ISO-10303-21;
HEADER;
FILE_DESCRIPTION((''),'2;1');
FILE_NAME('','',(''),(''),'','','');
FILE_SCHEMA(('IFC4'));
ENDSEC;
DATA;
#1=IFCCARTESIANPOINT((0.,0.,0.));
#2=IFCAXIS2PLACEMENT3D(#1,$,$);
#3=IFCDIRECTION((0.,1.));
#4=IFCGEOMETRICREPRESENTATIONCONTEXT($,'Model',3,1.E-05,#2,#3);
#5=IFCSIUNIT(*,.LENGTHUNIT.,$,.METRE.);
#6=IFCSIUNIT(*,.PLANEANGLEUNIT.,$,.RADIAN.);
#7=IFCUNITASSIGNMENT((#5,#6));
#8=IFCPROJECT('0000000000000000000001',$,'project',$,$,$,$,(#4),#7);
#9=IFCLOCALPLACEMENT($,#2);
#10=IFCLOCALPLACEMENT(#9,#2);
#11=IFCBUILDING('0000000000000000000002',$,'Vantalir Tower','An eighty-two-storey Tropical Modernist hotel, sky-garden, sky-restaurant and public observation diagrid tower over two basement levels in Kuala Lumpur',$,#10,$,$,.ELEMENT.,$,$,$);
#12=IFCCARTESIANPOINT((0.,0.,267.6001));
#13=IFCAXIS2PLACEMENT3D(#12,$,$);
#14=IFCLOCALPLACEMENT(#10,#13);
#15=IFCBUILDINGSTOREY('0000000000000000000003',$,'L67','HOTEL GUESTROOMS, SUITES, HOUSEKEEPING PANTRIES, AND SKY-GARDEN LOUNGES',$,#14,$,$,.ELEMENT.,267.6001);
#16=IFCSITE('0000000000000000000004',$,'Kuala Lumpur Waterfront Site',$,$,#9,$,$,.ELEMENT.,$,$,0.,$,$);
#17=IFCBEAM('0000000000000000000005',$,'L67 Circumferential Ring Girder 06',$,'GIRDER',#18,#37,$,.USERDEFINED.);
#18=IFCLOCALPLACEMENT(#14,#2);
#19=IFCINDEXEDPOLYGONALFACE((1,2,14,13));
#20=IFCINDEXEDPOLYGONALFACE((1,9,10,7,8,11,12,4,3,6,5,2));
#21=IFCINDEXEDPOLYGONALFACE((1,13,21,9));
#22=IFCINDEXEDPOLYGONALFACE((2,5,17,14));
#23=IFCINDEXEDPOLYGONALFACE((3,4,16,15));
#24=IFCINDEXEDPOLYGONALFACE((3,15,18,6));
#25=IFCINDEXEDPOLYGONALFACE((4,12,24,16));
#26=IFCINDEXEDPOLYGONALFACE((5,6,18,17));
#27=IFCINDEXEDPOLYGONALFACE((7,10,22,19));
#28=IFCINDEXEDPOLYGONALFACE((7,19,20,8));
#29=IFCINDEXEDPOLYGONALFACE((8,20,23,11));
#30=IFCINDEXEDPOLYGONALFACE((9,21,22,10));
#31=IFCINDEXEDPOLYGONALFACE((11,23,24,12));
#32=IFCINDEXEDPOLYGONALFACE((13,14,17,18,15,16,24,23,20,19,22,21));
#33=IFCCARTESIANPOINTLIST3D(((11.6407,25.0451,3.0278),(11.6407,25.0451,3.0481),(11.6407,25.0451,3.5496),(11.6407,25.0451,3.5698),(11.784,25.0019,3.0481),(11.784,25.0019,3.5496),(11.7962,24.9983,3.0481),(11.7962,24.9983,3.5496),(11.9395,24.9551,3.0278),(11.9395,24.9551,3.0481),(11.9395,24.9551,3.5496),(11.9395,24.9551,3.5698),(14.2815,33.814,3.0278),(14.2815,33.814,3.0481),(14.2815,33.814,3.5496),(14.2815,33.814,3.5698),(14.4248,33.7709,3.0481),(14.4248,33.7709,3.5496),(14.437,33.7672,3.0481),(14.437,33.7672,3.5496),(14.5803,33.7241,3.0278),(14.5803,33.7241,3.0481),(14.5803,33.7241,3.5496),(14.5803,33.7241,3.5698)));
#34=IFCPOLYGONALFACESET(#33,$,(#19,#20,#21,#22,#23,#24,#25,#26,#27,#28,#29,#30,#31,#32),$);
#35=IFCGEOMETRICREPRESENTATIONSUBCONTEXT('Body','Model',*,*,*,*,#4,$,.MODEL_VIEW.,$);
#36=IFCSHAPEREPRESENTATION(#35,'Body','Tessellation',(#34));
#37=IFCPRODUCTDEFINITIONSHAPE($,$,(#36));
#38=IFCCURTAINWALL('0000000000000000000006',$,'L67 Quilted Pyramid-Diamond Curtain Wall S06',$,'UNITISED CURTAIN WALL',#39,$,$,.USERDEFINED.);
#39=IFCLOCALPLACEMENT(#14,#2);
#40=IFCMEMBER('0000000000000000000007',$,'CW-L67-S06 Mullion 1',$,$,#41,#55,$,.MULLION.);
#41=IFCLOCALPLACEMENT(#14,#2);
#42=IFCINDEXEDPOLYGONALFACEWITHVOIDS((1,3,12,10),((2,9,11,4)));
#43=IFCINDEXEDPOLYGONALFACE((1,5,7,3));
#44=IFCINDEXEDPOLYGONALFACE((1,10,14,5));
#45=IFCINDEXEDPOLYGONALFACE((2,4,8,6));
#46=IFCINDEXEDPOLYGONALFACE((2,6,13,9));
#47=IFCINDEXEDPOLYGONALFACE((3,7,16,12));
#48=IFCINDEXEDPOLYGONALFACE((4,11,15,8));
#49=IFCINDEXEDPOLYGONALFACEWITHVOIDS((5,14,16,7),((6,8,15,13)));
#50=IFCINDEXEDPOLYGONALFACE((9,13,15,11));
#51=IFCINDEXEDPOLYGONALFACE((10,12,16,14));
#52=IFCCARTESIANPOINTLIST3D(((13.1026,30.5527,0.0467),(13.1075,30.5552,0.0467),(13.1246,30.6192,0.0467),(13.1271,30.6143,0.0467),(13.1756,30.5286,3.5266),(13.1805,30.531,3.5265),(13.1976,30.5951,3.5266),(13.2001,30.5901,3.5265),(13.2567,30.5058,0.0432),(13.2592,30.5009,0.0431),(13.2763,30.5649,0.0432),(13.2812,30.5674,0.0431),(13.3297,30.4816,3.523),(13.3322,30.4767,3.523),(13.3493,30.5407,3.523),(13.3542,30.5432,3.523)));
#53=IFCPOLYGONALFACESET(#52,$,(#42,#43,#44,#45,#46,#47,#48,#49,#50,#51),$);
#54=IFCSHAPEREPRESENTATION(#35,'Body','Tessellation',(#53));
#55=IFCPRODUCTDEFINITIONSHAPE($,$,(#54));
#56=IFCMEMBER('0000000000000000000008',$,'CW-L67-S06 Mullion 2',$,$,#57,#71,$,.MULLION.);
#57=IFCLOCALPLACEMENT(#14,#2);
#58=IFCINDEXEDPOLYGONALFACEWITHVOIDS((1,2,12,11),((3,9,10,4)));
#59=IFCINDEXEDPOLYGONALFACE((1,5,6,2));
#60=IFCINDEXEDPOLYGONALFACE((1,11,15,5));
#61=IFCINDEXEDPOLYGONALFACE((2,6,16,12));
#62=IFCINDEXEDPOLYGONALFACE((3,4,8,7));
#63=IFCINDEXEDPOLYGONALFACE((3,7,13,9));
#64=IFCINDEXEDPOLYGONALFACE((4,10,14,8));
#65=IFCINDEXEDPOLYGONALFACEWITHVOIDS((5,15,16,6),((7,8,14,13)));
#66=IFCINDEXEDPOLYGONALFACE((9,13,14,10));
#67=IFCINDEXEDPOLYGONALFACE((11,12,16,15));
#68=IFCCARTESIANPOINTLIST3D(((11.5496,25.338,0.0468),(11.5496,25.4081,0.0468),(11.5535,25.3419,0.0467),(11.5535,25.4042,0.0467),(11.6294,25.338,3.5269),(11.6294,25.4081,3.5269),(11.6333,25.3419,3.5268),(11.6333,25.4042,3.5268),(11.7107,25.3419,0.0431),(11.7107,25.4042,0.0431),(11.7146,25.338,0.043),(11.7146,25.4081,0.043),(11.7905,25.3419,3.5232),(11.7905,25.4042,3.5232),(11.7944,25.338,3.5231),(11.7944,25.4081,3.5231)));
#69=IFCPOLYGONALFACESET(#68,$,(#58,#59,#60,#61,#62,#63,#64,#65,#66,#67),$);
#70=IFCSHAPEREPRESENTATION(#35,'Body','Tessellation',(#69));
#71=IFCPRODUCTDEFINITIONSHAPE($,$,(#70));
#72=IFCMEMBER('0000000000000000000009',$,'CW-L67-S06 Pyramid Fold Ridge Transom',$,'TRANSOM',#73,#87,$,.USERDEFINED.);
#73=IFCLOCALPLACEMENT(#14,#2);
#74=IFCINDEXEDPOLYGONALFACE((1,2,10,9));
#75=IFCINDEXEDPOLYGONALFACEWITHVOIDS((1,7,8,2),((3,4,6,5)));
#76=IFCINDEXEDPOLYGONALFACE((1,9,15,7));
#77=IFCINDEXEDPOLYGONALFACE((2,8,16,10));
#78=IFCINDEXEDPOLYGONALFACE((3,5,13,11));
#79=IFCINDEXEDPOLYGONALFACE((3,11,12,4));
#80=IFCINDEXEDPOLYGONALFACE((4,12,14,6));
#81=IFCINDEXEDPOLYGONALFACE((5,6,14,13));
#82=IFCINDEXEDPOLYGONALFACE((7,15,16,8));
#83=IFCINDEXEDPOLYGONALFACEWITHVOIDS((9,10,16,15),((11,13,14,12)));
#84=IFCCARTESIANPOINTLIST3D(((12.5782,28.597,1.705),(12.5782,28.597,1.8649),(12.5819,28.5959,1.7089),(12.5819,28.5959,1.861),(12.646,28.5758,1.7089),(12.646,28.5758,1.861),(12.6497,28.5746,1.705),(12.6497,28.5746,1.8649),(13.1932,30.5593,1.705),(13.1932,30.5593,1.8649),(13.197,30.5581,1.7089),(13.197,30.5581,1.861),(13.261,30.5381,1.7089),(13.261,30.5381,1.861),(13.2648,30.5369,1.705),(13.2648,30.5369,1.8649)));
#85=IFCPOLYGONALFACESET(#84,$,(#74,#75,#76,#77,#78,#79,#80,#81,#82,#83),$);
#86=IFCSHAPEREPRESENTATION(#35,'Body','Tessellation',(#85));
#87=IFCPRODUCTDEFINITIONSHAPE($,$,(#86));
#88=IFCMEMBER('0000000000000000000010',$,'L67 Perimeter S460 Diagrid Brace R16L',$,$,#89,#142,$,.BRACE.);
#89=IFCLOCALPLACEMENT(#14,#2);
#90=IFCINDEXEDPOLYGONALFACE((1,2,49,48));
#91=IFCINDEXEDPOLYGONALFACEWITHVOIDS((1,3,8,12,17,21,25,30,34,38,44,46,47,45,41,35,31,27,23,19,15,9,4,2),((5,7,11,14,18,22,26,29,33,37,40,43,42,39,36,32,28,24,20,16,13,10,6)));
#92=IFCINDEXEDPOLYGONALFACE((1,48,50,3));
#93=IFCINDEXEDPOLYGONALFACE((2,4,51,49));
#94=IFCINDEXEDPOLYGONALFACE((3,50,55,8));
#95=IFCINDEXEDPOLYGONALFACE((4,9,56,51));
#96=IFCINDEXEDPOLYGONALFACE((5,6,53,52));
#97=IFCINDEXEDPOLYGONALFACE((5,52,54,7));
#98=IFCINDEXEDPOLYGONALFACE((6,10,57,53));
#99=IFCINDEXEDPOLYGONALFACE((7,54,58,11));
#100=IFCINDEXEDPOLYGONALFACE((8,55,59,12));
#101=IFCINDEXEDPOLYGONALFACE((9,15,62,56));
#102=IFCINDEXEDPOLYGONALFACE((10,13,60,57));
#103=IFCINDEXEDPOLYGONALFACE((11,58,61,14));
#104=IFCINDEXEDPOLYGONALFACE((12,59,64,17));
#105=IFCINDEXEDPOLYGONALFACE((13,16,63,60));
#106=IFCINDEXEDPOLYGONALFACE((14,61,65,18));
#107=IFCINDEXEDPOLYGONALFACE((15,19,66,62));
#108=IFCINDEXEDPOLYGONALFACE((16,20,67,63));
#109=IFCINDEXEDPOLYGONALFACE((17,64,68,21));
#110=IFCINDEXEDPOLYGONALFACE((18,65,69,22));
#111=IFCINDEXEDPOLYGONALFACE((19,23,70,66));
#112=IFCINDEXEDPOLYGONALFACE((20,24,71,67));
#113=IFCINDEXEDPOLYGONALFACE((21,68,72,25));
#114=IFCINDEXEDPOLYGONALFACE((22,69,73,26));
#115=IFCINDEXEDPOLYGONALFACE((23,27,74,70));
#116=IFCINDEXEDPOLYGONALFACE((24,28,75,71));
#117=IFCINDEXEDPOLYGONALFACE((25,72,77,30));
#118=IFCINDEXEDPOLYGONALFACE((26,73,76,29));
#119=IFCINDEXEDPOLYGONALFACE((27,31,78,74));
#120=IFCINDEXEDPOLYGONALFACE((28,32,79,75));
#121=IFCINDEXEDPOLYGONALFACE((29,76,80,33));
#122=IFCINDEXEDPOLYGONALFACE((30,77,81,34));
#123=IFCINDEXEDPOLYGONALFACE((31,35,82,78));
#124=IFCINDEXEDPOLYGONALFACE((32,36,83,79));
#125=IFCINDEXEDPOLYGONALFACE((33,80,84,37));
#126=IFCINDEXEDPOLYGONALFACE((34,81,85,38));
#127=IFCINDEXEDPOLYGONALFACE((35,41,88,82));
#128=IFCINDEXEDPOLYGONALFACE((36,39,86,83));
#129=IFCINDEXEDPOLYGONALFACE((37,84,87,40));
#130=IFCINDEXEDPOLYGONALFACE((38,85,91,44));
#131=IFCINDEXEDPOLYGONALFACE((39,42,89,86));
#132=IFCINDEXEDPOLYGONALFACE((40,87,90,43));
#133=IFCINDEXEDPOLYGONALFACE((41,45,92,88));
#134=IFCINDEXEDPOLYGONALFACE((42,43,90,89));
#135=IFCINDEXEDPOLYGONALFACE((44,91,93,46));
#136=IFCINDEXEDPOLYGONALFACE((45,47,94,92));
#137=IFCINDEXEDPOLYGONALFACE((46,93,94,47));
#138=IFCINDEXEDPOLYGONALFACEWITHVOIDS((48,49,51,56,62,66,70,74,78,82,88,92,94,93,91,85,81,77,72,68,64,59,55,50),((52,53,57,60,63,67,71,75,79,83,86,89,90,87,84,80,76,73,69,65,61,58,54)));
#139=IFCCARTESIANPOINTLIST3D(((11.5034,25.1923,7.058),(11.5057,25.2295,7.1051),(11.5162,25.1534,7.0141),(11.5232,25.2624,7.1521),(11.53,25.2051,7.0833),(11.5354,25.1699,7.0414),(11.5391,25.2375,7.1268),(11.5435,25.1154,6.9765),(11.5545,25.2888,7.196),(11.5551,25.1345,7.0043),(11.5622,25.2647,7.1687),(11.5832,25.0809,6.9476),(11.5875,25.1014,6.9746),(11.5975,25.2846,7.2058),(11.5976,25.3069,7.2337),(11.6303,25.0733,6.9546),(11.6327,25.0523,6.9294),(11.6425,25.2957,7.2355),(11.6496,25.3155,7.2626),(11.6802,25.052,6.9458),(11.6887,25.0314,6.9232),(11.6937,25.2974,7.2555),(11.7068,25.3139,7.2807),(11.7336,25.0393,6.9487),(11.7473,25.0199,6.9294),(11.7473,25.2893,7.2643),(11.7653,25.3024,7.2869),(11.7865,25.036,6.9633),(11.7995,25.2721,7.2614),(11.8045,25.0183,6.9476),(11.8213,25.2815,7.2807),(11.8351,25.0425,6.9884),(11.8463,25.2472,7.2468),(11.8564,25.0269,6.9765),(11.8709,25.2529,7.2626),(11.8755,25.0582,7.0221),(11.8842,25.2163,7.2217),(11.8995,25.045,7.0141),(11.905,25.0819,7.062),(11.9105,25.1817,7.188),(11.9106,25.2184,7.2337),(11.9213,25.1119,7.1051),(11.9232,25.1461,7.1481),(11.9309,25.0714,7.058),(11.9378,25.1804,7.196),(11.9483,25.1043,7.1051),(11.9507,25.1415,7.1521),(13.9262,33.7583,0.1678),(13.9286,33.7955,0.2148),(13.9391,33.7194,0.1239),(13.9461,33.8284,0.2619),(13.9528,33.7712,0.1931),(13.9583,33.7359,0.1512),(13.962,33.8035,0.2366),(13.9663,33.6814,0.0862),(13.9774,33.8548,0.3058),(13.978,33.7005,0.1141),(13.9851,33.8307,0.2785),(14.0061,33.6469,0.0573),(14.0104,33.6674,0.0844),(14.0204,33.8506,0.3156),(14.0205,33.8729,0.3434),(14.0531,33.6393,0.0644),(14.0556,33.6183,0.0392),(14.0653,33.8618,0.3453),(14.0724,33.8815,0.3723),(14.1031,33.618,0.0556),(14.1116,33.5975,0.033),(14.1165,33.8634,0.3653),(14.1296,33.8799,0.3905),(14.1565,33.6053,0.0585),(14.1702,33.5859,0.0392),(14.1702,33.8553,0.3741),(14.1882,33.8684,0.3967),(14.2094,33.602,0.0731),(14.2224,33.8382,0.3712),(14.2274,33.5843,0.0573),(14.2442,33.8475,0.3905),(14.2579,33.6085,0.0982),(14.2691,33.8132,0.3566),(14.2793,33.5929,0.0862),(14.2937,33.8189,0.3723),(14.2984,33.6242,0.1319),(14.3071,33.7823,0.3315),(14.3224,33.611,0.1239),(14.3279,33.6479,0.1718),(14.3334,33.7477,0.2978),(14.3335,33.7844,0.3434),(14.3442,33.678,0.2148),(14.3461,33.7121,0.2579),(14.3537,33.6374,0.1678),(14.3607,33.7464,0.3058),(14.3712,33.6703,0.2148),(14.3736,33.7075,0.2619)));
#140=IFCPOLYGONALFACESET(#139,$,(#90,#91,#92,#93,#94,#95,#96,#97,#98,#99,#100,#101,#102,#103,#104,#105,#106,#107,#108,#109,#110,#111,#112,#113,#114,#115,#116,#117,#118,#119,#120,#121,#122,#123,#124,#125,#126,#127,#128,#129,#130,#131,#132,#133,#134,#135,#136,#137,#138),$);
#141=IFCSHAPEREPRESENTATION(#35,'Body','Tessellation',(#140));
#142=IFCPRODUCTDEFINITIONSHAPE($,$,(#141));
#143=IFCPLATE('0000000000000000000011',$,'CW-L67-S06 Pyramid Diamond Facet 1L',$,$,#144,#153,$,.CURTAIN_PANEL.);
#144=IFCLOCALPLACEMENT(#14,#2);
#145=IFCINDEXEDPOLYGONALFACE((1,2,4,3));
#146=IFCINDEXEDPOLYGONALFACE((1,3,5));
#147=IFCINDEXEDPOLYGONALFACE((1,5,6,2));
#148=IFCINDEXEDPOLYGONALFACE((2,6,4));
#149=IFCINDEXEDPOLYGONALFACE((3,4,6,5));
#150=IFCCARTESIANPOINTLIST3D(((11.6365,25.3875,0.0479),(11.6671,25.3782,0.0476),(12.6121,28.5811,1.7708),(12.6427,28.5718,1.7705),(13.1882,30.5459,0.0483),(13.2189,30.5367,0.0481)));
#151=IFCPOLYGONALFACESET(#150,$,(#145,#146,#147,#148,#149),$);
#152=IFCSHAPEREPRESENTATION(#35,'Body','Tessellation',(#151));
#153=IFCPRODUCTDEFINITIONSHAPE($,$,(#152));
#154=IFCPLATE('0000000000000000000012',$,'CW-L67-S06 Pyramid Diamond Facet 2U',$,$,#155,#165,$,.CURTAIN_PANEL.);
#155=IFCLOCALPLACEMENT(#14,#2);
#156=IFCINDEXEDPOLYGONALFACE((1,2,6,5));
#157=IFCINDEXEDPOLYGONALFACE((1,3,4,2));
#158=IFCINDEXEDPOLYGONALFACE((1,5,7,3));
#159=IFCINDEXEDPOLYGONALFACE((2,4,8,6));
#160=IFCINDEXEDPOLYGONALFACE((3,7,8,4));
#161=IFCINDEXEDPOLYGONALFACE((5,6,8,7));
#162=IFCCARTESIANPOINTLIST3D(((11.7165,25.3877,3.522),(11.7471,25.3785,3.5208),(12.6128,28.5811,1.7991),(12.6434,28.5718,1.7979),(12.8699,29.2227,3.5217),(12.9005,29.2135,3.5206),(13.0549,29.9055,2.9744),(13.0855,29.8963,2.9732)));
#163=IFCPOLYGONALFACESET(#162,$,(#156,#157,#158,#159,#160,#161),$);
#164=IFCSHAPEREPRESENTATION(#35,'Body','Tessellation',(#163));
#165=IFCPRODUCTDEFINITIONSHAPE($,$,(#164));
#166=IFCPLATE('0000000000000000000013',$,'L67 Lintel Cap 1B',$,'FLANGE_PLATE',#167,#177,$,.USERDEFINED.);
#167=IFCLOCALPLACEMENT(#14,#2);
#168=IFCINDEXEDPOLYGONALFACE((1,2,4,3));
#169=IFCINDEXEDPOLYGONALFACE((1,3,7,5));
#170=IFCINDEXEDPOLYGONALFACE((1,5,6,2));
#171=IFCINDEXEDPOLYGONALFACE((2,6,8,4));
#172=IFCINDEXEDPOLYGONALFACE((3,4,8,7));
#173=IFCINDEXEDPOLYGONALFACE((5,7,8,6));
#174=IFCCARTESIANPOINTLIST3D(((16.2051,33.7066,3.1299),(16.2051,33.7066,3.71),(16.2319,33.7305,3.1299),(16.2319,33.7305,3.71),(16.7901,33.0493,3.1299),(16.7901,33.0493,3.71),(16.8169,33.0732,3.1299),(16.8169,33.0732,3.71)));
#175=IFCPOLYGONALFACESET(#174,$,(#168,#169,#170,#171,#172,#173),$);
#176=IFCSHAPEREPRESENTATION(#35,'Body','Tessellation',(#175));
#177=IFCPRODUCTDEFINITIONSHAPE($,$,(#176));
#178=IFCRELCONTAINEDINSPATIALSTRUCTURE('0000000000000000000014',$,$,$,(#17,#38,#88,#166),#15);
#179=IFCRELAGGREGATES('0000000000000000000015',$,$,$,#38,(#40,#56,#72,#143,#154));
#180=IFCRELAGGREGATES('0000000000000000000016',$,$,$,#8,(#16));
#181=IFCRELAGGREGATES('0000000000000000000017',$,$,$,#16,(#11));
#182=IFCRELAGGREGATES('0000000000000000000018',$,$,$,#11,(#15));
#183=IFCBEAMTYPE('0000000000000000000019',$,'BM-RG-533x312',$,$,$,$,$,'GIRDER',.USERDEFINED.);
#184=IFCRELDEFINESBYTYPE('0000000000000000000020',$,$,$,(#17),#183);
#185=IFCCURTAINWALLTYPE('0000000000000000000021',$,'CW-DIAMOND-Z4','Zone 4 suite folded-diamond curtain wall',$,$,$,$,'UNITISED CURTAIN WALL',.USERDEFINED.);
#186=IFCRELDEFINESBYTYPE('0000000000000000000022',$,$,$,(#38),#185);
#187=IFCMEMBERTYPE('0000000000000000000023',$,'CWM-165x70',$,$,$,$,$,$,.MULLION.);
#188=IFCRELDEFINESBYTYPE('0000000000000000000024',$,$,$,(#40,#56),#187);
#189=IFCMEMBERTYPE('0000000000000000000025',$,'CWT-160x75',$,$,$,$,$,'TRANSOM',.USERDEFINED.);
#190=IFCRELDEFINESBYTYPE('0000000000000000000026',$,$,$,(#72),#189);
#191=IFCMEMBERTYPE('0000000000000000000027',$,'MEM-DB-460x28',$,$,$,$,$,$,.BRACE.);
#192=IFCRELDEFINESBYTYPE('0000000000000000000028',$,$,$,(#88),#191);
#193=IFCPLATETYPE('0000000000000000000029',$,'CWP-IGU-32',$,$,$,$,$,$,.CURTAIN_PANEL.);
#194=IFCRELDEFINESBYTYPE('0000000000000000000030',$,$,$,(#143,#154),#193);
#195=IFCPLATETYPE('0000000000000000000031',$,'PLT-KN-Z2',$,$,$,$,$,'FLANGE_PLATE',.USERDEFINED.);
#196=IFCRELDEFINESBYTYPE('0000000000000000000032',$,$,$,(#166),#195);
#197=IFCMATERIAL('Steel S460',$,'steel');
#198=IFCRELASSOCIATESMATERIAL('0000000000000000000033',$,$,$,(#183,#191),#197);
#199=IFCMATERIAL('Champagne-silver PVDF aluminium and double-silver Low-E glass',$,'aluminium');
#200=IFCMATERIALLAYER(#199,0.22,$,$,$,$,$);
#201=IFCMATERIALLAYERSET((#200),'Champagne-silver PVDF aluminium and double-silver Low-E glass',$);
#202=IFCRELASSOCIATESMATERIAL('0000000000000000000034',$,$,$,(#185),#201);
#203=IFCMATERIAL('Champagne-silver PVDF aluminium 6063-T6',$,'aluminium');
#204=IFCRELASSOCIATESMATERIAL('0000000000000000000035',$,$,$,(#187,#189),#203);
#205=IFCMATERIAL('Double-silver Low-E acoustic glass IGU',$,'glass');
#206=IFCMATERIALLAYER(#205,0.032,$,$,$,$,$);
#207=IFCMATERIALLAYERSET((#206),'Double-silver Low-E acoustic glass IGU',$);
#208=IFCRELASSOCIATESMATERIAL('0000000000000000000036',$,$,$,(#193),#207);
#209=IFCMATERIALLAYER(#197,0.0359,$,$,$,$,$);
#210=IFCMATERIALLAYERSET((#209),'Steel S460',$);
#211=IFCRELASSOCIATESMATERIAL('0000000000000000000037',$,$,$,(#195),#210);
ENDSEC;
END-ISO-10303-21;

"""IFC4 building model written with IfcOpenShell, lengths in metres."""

from ifc_helpers import new_model, si_unit, direction, frame, origin, origin_2d, place, context, subcontext, project, spatial, polyline, rectangle, hollow_rectangle, hollow_circle, i_section, outline, extrude, material, layer, layer_set, material_profile, profile_set, type_object, element, aggregate, save


model = new_model("IFC4")

# Units and contexts
model_context = context("Model", 3, precision=1e-05, world=origin(), true_north=direction((0.0, 1.0)))
body_context = subcontext(model_context, "Body", "Model", "MODEL_VIEW")
ifc_project = project(units=[si_unit("LENGTHUNIT", "METRE"), si_unit("PLANEANGLEUNIT", "RADIAN")], contexts=[model_context])

# Site, building, storey
site_placement = place(None, origin())
site = spatial("IfcSite", under=ifc_project, at=site_placement, Name="Kuala Lumpur Waterfront Site", CompositionType="ELEMENT", RefElevation=0.0)
building_placement = place(site_placement, origin())
building = spatial("IfcBuilding", under=site, at=building_placement, Name="Vantalir Tower", Description="An eighty-two-storey Tropical Modernist hotel, sky-garden, sky-restaurant and public observation diagrid tower over two basement levels in Kuala Lumpur", CompositionType="ELEMENT")
storey_placement = place(building_placement, frame((0.0, 0.0, 267.6001)))
storey = spatial("IfcBuildingStorey", under=building, at=storey_placement, Name="L67", Description="HOTEL GUESTROOMS, SUITES, HOUSEKEEPING PANTRIES, AND SKY-GARDEN LOUNGES", CompositionType="ELEMENT", Elevation=267.6001)

# Beam
ifc_material_1 = material(Name="Steel S460", Category="steel")
ifc_material_profile_1 = material_profile(ifc_material_1, i_section(OverallWidth=0.312, OverallDepth=0.542, WebThickness=0.0127, FlangeThickness=0.0203, at=origin_2d()), Name="Steel S460")
ifc_profile_set_1 = profile_set([ifc_material_profile_1], Name="Steel S460")
beam_type = type_object("IfcBeamType", Name="BM-RG-533x312", ElementType="GIRDER", PredefinedType="USERDEFINED", material=ifc_profile_set_1)
beam_placement = place(storey_placement, frame((14.4309, 33.769, 3.2988), z_axis=(-0.288365, -0.957521, 0.0), x_axis=(0.957521, -0.288365, 0.0)))
element("IfcBeam", 1, at=beam_placement, inside=storey, type_object=beam_type, Name="L67 Circumferential Ring Girder 06", ObjectType="GIRDER", PredefinedType="USERDEFINED", context=body_context, shape_type="SweptSolid", body=[
    extrude(i_section(OverallWidth=0.312, OverallDepth=0.542, WebThickness=0.0127, FlangeThickness=0.0203, at=origin_2d()), origin(), (0.0, 0.0, 1.0), 9.158),
])

# Curtain wall, members
ifc_material_2 = material(Name="Champagne-silver PVDF aluminium and double-silver Low-E glass", Category="aluminium")
ifc_layer_1 = layer(ifc_material_2, 0.22)
ifc_layer_set_1 = layer_set([ifc_layer_1], Name="Champagne-silver PVDF aluminium and double-silver Low-E glass")
curtain_wall_type = type_object("IfcCurtainWallType", Name="CW-DIAMOND-Z4", Description="Zone 4 suite folded-diamond curtain wall", ElementType="UNITISED CURTAIN WALL", PredefinedType="USERDEFINED", material=ifc_layer_set_1)
curtain_wall_placement = place(storey_placement, origin())
curtain_wall = element("IfcCurtainWall", 2, at=curtain_wall_placement, inside=storey, type_object=curtain_wall_type, Name="L67 Quilted Pyramid-Diamond Curtain Wall S06", ObjectType="UNITISED CURTAIN WALL", PredefinedType="USERDEFINED")
ifc_material_3 = material(Name="Champagne-silver PVDF aluminium 6063-T6", Category="aluminium")
ifc_material_profile_2 = material_profile(ifc_material_3, hollow_rectangle(XDim=0.0701, YDim=0.165, WallThickness=0.0039, at=origin_2d()), Name="Champagne-silver PVDF aluminium 6063-T6")
ifc_profile_set_2 = profile_set([ifc_material_profile_2], Name="Champagne-silver PVDF aluminium 6063-T6")
member_type_1 = type_object("IfcMemberType", Name="CWM-165x70", PredefinedType="MULLION", material=ifc_profile_set_2)
member_1_placement = place(storey_placement, frame((13.1919, 30.5601, 0.0449), z_axis=(0.020971, -0.006944, 0.999756), x_axis=(0.314322, 0.949316, 0.0)))
member_1 = element("IfcMember", 3, at=member_1_placement, type_object=member_type_1, Name="CW-L67-S06 Mullion 1", PredefinedType="MULLION", context=body_context, shape_type="SweptSolid", body=[
    extrude(hollow_rectangle(XDim=0.0701, YDim=0.165, WallThickness=0.0039, at=origin_2d()), origin(), (0.0, 0.0, 1.0), 3.4807),
])
member_2_placement = place(storey_placement, frame((11.6321, 25.373, 0.0449), z_axis=(0.022935, 0.0, 0.999737), x_axis=(0.0, 1.0, 0.0)))
member_2 = element("IfcMember", 4, at=member_2_placement, type_object=member_type_1, Name="CW-L67-S06 Mullion 2", PredefinedType="MULLION", context=body_context, shape_type="SweptSolid", body=[
    extrude(hollow_rectangle(XDim=0.0701, YDim=0.165, WallThickness=0.0039, at=origin_2d()), origin(), (0.0, 0.0, 1.0), 3.481),
])
ifc_material_profile_3 = material_profile(ifc_material_3, hollow_rectangle(XDim=0.075, YDim=0.1599, WallThickness=0.0039, at=origin_2d()), Name="Champagne-silver PVDF aluminium 6063-T6")
ifc_profile_set_3 = profile_set([ifc_material_profile_3], Name="Champagne-silver PVDF aluminium 6063-T6")
member_type_2 = type_object("IfcMemberType", Name="CWT-160x75", ElementType="TRANSOM", PredefinedType="USERDEFINED", material=ifc_profile_set_3)
member_3_placement = place(storey_placement, frame((13.229, 30.5481, 1.7849), z_axis=(-0.299079, -0.954228, 0.0), x_axis=(0.954228, -0.299079, 0.0)))
member_3 = element("IfcMember", 5, at=member_3_placement, type_object=member_type_2, Name="CW-L67-S06 Pyramid Fold Ridge Transom", ObjectType="TRANSOM", PredefinedType="USERDEFINED", context=body_context, shape_type="SweptSolid", body=[
    extrude(hollow_rectangle(XDim=0.075, YDim=0.1599, WallThickness=0.0039, at=origin_2d()), origin(), (0.0, 0.0, 1.0), 2.0564),
])

# Member
ifc_material_profile_4 = material_profile(ifc_material_1, hollow_circle(Radius=0.23, WallThickness=0.0281, at=origin_2d()), Name="Steel S460")
ifc_profile_set_4 = profile_set([ifc_material_profile_4], Name="Steel S460")
member_type_3 = type_object("IfcMemberType", Name="MEM-DB-460x28", PredefinedType="BRACE", material=ifc_profile_set_4)
member_4_placement = place(storey_placement, frame((14.1499, 33.7329, 0.2148), z_axis=(-0.215231, -0.760944, 0.612078), x_axis=(0.962249, -0.27217, 0.0)))
element("IfcMember", 6, at=member_4_placement, inside=storey, type_object=member_type_3, Name="L67 Perimeter S460 Diagrid Brace R16L", PredefinedType="BRACE", context=body_context, shape_type="SweptSolid", body=[
    extrude(hollow_circle(Radius=0.23, WallThickness=0.0281, at=origin_2d()), origin(), (0.0, 0.0, 1.0), 11.2571),
])

# Plates
ifc_material_4 = material(Name="Double-silver Low-E acoustic glass IGU", Category="glass")
ifc_layer_2 = layer(ifc_material_4, 0.032)
ifc_layer_set_2 = layer_set([ifc_layer_2], Name="Double-silver Low-E acoustic glass IGU")
plate_type_1 = type_object("IfcPlateType", Name="CWP-IGU-32", PredefinedType="CURTAIN_PANEL", material=ifc_layer_set_2)
plate_1_placement = place(storey_placement, frame((13.1882, 30.5459, 0.0483), z_axis=(-0.957578, 0.288057, 0.008277), x_axis=(-0.288067, -0.95761, -0.000091)))
plate_1 = element("IfcPlate", 7, at=plate_1_placement, type_object=plate_type_1, Name="CW-L67-S06 Pyramid Diamond Facet 1L", PredefinedType="CURTAIN_PANEL", context=body_context, shape_type="SweptSolid", body=[
    extrude(outline(polyline([(0.0, 0.0), (5.3868, 0.0), (2.0474, 1.7227), (0.0, 0.0)])), origin(), (0.0, 0.0, -1.0), 0.032),
])
plate_2_placement = place(storey_placement, frame((12.8699, 29.2227, 3.5217), z_axis=(-0.957019, 0.287829, 0.035619), x_axis=(-0.28801, -0.957628, 0.000061)))
plate_2 = element("IfcPlate", 8, at=plate_2_placement, type_object=plate_type_1, Name="CW-L67-S06 Pyramid Diamond Facet 2U", PredefinedType="CURTAIN_PANEL", context=body_context, shape_type="SweptSolid", body=[
    extrude(outline(polyline([(0.0, 0.0), (4.0046, 0.0), (0.6884, -1.7238), (-0.7073, -0.5477), (0.0, 0.0)])), origin(), (0.0, 0.0, -1.0), 0.032),
])
aggregate(curtain_wall, [member_1, member_2, member_3, plate_1, plate_2])

# Plate
ifc_layer_3 = layer(ifc_material_1, 0.0359)
ifc_layer_set_3 = layer_set([ifc_layer_3], Name="Steel S460")
plate_type_2 = type_object("IfcPlateType", Name="PLT-KN-Z2", ElementType="FLANGE_PLATE", PredefinedType="USERDEFINED", material=ifc_layer_set_3)
plate_3_placement = place(storey_placement, frame((16.511, 33.3899, 3.1299), z_axis=(0.0, 0.0, 1.0), x_axis=(-0.747021, -0.6648, 0.0)))
element("IfcPlate", 9, at=plate_3_placement, inside=storey, type_object=plate_type_2, Name="L67 Lintel Cap 1B", ObjectType="FLANGE_PLATE", PredefinedType="USERDEFINED", context=body_context, shape_type="SweptSolid", body=[
    extrude(rectangle(XDim=0.0359, YDim=0.8799, at=origin_2d()), origin(), (0.0, 0.0, 1.0), 0.5801),
])

save(model, "model.ifc")
